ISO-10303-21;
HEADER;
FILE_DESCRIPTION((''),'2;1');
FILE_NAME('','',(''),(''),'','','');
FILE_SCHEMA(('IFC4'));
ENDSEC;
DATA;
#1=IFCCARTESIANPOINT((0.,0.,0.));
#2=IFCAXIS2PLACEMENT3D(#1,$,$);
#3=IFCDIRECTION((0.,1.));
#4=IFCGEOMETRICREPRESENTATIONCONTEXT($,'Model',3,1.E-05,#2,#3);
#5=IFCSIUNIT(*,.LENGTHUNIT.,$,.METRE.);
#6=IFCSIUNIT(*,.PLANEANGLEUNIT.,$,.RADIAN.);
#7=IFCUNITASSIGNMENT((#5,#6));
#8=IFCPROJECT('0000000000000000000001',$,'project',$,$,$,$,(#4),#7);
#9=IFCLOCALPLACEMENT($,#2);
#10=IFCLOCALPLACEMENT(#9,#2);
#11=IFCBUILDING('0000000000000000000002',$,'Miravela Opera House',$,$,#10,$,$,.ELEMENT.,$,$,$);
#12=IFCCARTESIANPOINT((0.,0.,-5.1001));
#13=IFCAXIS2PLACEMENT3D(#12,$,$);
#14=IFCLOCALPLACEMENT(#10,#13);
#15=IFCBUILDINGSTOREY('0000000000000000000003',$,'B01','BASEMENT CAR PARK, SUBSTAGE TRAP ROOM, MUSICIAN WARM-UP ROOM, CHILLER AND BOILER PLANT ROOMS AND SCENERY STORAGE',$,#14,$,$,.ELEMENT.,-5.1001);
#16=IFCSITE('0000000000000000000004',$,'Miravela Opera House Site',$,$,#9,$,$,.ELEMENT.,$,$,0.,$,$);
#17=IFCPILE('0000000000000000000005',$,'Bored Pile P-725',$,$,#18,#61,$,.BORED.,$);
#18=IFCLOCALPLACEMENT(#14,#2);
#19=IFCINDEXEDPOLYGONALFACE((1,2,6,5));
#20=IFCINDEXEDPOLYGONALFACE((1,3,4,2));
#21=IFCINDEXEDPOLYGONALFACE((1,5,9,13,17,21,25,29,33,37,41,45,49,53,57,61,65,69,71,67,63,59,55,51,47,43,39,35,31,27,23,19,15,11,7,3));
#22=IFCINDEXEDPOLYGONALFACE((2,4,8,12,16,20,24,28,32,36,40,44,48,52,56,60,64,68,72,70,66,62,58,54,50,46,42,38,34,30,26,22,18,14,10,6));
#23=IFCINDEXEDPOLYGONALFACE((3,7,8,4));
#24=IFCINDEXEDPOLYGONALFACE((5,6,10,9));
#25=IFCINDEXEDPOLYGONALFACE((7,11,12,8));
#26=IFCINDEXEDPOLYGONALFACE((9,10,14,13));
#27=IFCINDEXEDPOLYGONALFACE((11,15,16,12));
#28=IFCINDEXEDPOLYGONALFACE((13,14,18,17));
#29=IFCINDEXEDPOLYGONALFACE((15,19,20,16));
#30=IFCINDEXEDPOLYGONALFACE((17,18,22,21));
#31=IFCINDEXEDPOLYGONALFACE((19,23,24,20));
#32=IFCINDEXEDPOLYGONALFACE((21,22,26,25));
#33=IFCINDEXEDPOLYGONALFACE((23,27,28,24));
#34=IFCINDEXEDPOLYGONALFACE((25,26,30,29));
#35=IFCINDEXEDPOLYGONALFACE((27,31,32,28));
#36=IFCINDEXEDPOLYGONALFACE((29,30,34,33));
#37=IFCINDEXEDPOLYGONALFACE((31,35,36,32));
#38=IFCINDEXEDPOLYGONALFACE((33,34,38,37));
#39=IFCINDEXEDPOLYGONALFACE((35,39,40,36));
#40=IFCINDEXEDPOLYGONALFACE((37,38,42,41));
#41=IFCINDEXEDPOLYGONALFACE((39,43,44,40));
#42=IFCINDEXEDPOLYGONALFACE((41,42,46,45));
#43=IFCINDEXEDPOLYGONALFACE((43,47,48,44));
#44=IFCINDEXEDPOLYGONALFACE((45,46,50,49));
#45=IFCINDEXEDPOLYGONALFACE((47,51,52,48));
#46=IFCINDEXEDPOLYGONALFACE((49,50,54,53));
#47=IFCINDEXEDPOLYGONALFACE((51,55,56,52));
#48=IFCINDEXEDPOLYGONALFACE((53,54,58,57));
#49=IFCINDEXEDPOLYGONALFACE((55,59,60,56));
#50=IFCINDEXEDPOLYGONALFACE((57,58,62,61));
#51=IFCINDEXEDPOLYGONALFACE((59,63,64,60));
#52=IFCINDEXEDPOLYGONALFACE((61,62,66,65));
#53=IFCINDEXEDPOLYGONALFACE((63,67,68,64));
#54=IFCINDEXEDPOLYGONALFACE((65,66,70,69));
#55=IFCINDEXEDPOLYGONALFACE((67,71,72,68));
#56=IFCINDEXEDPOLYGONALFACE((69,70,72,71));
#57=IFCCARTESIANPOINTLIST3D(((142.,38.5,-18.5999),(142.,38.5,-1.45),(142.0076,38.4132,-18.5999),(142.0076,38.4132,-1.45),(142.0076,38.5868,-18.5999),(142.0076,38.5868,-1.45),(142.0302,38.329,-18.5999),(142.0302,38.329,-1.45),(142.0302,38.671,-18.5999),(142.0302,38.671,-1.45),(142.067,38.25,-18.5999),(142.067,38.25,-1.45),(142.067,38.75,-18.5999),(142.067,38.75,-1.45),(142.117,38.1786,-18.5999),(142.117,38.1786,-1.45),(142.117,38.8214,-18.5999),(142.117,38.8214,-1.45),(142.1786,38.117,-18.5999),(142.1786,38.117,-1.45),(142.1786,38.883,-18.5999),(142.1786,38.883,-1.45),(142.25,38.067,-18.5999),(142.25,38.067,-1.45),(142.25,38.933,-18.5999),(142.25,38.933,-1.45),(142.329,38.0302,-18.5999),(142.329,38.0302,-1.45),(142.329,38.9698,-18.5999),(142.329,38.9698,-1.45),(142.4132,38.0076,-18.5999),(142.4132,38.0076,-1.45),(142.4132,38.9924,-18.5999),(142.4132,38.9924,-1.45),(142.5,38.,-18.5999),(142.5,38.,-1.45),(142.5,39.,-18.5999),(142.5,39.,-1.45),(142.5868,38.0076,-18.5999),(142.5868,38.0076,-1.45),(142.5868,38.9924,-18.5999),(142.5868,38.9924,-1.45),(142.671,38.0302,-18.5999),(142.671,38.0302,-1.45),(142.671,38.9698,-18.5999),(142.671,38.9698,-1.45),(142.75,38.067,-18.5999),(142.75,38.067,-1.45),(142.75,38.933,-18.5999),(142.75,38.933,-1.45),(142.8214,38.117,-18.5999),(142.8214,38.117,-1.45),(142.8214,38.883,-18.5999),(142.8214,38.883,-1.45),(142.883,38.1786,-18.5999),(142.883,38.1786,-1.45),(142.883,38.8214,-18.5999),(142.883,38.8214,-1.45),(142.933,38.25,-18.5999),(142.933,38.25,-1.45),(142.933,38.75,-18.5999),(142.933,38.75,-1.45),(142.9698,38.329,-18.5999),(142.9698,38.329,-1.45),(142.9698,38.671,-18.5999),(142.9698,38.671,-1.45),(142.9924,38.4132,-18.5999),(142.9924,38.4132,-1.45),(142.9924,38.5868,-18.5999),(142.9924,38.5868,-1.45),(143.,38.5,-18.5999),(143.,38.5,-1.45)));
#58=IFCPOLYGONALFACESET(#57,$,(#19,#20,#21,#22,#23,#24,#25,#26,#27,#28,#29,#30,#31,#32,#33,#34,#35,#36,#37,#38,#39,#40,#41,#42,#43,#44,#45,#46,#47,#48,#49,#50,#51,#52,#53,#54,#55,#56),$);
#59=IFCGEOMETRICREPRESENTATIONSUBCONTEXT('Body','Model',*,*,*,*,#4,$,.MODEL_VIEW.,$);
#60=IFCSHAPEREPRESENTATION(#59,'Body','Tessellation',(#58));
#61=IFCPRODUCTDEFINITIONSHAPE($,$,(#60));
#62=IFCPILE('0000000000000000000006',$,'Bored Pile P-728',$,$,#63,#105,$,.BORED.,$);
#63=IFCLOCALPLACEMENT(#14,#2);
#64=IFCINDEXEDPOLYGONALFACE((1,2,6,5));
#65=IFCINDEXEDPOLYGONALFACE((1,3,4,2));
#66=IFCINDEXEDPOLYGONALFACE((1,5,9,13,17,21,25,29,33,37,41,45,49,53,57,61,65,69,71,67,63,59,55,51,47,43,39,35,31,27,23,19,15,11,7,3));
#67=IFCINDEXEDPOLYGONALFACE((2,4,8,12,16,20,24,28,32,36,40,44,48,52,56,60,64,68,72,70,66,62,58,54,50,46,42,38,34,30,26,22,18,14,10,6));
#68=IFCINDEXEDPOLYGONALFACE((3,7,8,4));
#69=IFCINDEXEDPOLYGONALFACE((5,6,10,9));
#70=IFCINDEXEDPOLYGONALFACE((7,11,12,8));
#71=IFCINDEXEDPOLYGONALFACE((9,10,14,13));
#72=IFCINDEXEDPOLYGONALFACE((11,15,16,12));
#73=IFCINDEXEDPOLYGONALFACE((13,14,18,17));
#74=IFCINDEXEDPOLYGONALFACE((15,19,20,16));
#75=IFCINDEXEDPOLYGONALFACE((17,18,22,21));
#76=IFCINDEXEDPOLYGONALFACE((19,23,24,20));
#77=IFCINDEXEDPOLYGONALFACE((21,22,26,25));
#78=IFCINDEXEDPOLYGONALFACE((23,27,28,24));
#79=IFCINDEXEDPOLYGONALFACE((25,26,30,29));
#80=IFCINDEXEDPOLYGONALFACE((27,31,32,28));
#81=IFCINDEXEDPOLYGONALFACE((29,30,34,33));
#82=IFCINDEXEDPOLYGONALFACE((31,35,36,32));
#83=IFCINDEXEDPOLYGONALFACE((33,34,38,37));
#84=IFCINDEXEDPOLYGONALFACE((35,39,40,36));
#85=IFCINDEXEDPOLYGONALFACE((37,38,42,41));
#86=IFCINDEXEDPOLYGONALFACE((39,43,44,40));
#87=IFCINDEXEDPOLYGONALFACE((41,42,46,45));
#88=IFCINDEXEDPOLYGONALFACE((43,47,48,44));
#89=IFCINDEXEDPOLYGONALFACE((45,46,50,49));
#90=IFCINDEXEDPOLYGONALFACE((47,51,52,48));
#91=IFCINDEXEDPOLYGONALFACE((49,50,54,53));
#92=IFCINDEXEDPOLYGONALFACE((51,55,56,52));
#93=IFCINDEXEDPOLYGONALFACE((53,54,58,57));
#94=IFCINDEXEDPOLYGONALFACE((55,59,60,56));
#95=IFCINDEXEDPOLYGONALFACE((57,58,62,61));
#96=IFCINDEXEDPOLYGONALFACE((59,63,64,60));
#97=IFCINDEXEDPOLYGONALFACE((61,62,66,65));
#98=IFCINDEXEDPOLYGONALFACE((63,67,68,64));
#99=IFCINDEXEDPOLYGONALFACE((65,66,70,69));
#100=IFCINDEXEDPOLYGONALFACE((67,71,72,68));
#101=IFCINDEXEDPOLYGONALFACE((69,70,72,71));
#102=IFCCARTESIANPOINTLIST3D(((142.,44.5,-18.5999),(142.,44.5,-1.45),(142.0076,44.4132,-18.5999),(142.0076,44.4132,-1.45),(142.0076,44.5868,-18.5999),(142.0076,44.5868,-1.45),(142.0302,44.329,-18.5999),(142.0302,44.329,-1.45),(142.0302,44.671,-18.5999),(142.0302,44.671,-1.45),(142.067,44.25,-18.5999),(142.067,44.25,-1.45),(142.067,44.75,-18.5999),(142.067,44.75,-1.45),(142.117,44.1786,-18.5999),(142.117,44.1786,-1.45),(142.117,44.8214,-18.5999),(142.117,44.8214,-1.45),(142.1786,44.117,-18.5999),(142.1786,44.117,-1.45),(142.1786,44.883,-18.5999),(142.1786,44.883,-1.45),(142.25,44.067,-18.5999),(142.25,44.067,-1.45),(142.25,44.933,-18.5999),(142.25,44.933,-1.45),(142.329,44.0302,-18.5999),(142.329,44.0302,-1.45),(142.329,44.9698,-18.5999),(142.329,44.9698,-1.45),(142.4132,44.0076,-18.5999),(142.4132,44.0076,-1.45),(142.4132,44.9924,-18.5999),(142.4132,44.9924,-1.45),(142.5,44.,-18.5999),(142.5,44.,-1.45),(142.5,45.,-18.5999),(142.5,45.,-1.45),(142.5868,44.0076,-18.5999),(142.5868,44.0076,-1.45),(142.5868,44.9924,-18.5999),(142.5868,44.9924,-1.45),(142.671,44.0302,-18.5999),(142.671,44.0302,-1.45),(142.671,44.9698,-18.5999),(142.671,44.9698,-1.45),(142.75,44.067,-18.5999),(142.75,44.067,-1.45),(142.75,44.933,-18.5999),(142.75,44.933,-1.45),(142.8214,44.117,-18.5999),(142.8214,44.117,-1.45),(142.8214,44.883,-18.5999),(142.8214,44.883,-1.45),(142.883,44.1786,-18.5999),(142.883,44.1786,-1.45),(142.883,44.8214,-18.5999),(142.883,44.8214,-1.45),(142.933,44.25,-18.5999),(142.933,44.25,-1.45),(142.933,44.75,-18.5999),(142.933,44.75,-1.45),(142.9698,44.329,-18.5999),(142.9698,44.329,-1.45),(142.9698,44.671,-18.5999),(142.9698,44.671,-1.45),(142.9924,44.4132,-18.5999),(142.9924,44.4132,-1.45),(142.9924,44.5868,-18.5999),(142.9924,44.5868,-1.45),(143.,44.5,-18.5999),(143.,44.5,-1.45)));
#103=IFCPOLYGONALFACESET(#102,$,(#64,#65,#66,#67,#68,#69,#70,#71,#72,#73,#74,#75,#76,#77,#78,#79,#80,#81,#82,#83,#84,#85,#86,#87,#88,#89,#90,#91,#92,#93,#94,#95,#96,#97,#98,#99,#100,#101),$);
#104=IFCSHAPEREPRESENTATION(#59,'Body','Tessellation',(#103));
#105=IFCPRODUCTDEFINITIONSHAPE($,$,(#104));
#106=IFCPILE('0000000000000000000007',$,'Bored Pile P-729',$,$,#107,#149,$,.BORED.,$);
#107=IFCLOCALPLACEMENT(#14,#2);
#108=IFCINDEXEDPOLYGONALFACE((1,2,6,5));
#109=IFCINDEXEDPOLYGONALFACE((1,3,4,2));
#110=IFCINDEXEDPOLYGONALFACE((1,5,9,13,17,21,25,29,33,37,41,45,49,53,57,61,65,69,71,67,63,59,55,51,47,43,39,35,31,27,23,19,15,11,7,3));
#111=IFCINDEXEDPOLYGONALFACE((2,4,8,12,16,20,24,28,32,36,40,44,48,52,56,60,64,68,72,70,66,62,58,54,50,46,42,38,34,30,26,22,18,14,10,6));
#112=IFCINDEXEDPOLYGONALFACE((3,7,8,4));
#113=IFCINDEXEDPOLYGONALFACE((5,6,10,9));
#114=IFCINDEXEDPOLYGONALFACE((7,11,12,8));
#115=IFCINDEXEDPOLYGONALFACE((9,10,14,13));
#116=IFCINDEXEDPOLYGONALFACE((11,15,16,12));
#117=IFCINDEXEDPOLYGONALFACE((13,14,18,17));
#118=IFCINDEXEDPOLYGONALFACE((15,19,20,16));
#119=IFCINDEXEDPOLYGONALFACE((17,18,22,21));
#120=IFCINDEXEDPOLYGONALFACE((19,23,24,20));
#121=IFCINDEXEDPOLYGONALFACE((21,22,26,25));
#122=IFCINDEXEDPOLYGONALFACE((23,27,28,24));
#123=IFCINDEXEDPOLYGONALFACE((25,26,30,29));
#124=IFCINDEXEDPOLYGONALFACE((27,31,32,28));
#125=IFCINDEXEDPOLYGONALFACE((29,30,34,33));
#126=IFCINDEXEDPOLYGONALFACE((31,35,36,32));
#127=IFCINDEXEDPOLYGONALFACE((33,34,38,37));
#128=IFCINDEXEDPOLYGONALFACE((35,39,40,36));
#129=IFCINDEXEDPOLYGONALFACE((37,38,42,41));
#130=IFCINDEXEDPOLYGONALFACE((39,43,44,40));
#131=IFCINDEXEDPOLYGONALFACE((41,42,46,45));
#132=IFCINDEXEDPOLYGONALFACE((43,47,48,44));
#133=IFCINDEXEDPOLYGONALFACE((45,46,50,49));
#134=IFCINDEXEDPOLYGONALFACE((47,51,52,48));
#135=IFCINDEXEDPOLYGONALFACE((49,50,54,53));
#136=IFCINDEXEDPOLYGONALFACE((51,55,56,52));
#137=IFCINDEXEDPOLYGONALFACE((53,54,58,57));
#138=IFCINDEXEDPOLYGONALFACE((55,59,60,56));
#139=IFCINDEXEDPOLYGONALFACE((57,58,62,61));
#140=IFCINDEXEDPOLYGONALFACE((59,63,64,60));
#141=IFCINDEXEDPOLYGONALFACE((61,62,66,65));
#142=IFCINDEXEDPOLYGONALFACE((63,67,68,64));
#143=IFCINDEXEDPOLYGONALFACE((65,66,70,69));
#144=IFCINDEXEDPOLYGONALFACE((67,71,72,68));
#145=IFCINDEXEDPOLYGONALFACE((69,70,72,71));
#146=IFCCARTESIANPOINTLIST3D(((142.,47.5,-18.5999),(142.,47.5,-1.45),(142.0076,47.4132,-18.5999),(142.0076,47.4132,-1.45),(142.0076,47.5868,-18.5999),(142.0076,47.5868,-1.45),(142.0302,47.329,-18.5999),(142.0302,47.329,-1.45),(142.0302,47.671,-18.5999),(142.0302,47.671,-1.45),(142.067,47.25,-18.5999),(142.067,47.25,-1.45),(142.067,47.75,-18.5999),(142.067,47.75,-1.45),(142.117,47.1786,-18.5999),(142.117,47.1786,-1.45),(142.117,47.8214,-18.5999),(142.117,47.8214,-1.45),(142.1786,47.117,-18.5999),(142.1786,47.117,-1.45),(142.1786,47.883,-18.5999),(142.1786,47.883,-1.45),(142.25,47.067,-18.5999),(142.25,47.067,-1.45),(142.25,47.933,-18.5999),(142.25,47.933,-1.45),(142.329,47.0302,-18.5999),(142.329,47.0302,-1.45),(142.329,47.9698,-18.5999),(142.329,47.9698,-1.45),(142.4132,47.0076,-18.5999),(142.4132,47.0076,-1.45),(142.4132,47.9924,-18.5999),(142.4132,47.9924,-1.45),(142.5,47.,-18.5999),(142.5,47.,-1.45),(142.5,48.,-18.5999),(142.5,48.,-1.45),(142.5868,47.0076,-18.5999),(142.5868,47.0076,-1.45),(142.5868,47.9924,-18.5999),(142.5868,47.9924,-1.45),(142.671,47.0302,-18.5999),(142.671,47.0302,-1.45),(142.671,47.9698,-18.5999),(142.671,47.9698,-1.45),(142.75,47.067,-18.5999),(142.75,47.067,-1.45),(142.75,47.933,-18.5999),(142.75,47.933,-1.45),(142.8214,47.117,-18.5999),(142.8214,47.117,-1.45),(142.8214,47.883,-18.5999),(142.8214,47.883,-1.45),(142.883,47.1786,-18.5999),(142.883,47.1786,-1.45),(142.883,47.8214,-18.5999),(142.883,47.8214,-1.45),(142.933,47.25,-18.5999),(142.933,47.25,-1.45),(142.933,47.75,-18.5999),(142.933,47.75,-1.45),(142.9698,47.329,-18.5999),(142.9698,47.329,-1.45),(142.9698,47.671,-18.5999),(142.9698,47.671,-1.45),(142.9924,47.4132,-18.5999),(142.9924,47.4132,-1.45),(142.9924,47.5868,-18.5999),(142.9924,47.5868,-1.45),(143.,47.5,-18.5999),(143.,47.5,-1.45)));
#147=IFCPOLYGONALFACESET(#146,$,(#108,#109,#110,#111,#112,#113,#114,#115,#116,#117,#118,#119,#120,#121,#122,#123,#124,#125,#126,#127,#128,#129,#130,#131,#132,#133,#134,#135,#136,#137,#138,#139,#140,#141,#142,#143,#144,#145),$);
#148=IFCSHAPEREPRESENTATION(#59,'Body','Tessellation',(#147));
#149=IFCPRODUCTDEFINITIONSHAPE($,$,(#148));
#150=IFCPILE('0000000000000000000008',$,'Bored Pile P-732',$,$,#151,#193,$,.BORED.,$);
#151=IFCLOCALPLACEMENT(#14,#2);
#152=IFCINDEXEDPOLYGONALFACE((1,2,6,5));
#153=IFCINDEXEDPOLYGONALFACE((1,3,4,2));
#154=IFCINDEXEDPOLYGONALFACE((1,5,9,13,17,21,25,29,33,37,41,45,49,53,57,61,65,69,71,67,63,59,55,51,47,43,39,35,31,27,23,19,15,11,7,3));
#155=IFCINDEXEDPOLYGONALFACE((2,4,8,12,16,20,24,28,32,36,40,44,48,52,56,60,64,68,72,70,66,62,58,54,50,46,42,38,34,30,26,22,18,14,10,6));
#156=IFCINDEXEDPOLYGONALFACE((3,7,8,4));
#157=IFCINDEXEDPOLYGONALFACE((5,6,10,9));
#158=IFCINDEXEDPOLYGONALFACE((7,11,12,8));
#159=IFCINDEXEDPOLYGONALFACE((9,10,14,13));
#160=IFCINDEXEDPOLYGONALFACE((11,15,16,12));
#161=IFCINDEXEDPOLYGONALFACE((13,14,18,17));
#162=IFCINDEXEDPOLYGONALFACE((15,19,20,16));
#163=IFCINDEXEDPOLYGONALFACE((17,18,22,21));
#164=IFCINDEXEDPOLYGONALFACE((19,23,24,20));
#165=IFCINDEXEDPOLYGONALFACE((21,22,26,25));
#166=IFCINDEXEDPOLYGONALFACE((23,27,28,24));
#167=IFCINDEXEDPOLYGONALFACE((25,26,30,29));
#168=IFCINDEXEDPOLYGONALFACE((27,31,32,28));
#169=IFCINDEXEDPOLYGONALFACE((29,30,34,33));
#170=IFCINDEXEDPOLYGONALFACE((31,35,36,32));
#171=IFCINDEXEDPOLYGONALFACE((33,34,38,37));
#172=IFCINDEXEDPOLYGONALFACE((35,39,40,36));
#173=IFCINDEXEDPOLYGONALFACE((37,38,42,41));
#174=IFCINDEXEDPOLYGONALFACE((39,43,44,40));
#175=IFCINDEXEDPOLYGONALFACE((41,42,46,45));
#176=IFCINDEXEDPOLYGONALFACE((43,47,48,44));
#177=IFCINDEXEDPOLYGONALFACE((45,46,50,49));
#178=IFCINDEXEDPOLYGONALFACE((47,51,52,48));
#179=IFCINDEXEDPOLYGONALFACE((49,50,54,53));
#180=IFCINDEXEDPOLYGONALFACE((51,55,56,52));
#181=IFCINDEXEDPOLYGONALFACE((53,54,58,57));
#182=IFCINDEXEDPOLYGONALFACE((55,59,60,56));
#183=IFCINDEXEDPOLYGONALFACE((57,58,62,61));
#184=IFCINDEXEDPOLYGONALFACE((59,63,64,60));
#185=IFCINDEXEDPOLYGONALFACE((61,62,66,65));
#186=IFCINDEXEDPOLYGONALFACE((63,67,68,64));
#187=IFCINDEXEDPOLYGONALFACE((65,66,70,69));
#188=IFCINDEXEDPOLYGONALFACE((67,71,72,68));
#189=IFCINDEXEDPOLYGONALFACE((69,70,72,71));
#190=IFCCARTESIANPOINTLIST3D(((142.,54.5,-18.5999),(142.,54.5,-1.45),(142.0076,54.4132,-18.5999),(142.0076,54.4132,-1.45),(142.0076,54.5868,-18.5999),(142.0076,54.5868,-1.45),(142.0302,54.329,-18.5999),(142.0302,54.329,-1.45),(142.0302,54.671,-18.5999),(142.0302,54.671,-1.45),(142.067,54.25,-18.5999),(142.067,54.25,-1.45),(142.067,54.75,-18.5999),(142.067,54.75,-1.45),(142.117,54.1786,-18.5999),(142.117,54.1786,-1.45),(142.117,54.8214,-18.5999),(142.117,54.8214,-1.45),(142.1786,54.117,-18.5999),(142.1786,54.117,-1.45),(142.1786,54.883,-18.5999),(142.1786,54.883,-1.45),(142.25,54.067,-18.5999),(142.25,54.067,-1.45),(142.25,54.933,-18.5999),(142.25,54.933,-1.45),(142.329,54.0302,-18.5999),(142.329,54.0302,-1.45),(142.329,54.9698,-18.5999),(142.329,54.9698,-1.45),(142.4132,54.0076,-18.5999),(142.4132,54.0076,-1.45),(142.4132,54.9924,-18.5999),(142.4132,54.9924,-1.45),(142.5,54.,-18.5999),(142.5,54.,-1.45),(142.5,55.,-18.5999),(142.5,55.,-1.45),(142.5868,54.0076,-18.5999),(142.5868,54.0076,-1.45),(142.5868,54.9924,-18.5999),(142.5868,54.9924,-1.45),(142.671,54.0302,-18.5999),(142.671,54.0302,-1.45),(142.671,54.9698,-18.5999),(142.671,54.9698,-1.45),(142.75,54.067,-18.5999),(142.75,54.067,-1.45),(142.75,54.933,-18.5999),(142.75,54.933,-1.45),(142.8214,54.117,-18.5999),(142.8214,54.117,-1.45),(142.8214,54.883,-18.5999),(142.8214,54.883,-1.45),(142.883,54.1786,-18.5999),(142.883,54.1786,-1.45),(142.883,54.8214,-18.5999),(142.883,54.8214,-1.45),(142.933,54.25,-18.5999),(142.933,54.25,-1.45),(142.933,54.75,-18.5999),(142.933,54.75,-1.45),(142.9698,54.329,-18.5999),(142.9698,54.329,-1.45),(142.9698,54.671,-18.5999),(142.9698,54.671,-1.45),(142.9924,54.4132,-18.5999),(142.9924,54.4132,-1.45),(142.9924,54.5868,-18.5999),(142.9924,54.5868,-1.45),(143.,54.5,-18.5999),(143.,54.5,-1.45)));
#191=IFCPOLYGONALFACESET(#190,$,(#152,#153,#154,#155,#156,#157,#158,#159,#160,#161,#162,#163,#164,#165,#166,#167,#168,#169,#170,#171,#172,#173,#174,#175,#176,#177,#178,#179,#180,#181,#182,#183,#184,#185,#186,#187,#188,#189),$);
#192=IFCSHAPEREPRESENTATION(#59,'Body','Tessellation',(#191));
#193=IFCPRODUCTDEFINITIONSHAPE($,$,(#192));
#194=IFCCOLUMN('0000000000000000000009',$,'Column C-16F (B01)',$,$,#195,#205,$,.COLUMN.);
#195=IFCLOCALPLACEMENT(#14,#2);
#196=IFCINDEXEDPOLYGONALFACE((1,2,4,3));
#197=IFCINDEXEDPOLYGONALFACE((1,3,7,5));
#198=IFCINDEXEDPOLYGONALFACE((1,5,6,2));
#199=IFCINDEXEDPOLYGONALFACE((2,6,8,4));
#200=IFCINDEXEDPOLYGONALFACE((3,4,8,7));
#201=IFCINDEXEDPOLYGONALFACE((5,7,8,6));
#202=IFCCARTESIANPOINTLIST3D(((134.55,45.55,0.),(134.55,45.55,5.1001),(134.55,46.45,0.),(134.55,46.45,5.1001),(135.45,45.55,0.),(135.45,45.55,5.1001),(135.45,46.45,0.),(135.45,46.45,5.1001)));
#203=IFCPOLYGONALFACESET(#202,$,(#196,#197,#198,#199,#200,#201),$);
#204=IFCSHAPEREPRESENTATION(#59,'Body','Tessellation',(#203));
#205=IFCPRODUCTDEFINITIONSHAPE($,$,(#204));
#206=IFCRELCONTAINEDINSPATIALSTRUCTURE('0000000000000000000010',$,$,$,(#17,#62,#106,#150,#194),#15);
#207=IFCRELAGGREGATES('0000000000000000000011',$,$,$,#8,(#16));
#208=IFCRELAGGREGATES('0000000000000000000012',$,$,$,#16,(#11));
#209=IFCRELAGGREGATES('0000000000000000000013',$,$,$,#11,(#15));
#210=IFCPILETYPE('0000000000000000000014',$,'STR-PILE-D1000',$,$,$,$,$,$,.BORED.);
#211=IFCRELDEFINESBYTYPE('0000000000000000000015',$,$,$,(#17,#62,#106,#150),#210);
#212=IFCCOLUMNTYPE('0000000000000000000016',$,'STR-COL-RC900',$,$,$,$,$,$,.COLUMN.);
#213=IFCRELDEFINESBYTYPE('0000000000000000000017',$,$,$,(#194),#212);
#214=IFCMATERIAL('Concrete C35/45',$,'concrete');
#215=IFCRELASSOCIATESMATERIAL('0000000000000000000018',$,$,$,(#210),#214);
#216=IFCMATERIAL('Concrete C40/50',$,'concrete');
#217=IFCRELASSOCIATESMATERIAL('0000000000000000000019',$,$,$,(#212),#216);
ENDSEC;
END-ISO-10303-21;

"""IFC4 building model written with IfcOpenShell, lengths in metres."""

from ifc_helpers import new_model, si_unit, direction, frame, origin, origin_2d, place, context, subcontext, project, spatial, rectangle, circle, extrude, material, material_profile, profile_set, type_object, element, save


model = new_model("IFC4")

# Units and contexts
model_context = context("Model", 3, precision=1e-05, world=origin(), true_north=direction((0.0, 1.0)))
body_context = subcontext(model_context, "Body", "Model", "MODEL_VIEW")
ifc_project = project(units=[si_unit("LENGTHUNIT", "METRE"), si_unit("PLANEANGLEUNIT", "RADIAN")], contexts=[model_context])

# Site, building, storey
site_placement = place(None, origin())
site = spatial("IfcSite", under=ifc_project, at=site_placement, Name="Miravela Opera House Site", CompositionType="ELEMENT", RefElevation=0.0)
building_placement = place(site_placement, origin())
building = spatial("IfcBuilding", under=site, at=building_placement, Name="Miravela Opera House", CompositionType="ELEMENT")
storey_placement = place(building_placement, frame((0.0, 0.0, -5.1001)))
storey = spatial("IfcBuildingStorey", under=building, at=storey_placement, Name="B01", Description="BASEMENT CAR PARK, SUBSTAGE TRAP ROOM, MUSICIAN WARM-UP ROOM, CHILLER AND BOILER PLANT ROOMS AND SCENERY STORAGE", CompositionType="ELEMENT", Elevation=-5.1001)

# Shared definitions
ifc_material_1 = material(Name="Concrete C35/45", Category="concrete")

# Piles
ifc_material_profile_1 = material_profile(ifc_material_1, circle(Radius=0.5, at=origin_2d()), Name="PILE-D1000")
ifc_profile_set_1 = profile_set([ifc_material_profile_1])
pile_type = type_object("IfcPileType", Name="STR-PILE-D1000", PredefinedType="BORED", material=ifc_profile_set_1)
for number, where, z_axis, x_axis, name in (
    (1, (142.5, 38.5, -1.45), (0.0, 0.0, -1.0), (1.0, 0.0, 0.0), "Bored Pile P-725"),
    (2, (142.5, 44.5, -1.45), (0.0, 0.0, -1.0), (1.0, 0.0, 0.0), "Bored Pile P-728"),
    (3, (142.5, 47.5, -1.45), (0.0, 0.0, -1.0), (1.0, 0.0, 0.0), "Bored Pile P-729"),
    (4, (142.5, 54.5, -1.45), (0.0, 0.0, -1.0), (1.0, 0.0, 0.0), "Bored Pile P-732"),
):
    element("IfcPile", number, at=place(storey_placement, frame(where, z_axis=z_axis, x_axis=x_axis)), inside=storey, type_object=pile_type, Name=name, PredefinedType="BORED", context=body_context, shape_type="SweptSolid", body=[
        extrude(circle(Radius=0.5, at=origin_2d()), origin(), (0.0, 0.0, 1.0), 17.1499),
    ])

# Column
ifc_material_2 = material(Name="Concrete C40/50", Category="concrete")
ifc_material_profile_2 = material_profile(ifc_material_2, rectangle(XDim=0.8999, YDim=0.8999, at=origin_2d()), Name="RC-COL-900X900")
ifc_profile_set_2 = profile_set([ifc_material_profile_2])
column_type = type_object("IfcColumnType", Name="STR-COL-RC900", PredefinedType="COLUMN", material=ifc_profile_set_2)
for number, where, z_axis, x_axis, name in (
    (5, (135.0, 46.0, 0.0), (0.0, 0.0, 1.0), (1.0, 0.0, 0.0), "Column C-16F (B01)"),
):
    element("IfcColumn", number, at=place(storey_placement, frame(where, z_axis=z_axis, x_axis=x_axis)), inside=storey, type_object=column_type, Name=name, PredefinedType="COLUMN", context=body_context, shape_type="SweptSolid", body=[
        extrude(rectangle(XDim=0.8999, YDim=0.8999, at=origin_2d()), origin(), (0.0, 0.0, 1.0), 5.1001),
    ])

save(model, "model.ifc")
